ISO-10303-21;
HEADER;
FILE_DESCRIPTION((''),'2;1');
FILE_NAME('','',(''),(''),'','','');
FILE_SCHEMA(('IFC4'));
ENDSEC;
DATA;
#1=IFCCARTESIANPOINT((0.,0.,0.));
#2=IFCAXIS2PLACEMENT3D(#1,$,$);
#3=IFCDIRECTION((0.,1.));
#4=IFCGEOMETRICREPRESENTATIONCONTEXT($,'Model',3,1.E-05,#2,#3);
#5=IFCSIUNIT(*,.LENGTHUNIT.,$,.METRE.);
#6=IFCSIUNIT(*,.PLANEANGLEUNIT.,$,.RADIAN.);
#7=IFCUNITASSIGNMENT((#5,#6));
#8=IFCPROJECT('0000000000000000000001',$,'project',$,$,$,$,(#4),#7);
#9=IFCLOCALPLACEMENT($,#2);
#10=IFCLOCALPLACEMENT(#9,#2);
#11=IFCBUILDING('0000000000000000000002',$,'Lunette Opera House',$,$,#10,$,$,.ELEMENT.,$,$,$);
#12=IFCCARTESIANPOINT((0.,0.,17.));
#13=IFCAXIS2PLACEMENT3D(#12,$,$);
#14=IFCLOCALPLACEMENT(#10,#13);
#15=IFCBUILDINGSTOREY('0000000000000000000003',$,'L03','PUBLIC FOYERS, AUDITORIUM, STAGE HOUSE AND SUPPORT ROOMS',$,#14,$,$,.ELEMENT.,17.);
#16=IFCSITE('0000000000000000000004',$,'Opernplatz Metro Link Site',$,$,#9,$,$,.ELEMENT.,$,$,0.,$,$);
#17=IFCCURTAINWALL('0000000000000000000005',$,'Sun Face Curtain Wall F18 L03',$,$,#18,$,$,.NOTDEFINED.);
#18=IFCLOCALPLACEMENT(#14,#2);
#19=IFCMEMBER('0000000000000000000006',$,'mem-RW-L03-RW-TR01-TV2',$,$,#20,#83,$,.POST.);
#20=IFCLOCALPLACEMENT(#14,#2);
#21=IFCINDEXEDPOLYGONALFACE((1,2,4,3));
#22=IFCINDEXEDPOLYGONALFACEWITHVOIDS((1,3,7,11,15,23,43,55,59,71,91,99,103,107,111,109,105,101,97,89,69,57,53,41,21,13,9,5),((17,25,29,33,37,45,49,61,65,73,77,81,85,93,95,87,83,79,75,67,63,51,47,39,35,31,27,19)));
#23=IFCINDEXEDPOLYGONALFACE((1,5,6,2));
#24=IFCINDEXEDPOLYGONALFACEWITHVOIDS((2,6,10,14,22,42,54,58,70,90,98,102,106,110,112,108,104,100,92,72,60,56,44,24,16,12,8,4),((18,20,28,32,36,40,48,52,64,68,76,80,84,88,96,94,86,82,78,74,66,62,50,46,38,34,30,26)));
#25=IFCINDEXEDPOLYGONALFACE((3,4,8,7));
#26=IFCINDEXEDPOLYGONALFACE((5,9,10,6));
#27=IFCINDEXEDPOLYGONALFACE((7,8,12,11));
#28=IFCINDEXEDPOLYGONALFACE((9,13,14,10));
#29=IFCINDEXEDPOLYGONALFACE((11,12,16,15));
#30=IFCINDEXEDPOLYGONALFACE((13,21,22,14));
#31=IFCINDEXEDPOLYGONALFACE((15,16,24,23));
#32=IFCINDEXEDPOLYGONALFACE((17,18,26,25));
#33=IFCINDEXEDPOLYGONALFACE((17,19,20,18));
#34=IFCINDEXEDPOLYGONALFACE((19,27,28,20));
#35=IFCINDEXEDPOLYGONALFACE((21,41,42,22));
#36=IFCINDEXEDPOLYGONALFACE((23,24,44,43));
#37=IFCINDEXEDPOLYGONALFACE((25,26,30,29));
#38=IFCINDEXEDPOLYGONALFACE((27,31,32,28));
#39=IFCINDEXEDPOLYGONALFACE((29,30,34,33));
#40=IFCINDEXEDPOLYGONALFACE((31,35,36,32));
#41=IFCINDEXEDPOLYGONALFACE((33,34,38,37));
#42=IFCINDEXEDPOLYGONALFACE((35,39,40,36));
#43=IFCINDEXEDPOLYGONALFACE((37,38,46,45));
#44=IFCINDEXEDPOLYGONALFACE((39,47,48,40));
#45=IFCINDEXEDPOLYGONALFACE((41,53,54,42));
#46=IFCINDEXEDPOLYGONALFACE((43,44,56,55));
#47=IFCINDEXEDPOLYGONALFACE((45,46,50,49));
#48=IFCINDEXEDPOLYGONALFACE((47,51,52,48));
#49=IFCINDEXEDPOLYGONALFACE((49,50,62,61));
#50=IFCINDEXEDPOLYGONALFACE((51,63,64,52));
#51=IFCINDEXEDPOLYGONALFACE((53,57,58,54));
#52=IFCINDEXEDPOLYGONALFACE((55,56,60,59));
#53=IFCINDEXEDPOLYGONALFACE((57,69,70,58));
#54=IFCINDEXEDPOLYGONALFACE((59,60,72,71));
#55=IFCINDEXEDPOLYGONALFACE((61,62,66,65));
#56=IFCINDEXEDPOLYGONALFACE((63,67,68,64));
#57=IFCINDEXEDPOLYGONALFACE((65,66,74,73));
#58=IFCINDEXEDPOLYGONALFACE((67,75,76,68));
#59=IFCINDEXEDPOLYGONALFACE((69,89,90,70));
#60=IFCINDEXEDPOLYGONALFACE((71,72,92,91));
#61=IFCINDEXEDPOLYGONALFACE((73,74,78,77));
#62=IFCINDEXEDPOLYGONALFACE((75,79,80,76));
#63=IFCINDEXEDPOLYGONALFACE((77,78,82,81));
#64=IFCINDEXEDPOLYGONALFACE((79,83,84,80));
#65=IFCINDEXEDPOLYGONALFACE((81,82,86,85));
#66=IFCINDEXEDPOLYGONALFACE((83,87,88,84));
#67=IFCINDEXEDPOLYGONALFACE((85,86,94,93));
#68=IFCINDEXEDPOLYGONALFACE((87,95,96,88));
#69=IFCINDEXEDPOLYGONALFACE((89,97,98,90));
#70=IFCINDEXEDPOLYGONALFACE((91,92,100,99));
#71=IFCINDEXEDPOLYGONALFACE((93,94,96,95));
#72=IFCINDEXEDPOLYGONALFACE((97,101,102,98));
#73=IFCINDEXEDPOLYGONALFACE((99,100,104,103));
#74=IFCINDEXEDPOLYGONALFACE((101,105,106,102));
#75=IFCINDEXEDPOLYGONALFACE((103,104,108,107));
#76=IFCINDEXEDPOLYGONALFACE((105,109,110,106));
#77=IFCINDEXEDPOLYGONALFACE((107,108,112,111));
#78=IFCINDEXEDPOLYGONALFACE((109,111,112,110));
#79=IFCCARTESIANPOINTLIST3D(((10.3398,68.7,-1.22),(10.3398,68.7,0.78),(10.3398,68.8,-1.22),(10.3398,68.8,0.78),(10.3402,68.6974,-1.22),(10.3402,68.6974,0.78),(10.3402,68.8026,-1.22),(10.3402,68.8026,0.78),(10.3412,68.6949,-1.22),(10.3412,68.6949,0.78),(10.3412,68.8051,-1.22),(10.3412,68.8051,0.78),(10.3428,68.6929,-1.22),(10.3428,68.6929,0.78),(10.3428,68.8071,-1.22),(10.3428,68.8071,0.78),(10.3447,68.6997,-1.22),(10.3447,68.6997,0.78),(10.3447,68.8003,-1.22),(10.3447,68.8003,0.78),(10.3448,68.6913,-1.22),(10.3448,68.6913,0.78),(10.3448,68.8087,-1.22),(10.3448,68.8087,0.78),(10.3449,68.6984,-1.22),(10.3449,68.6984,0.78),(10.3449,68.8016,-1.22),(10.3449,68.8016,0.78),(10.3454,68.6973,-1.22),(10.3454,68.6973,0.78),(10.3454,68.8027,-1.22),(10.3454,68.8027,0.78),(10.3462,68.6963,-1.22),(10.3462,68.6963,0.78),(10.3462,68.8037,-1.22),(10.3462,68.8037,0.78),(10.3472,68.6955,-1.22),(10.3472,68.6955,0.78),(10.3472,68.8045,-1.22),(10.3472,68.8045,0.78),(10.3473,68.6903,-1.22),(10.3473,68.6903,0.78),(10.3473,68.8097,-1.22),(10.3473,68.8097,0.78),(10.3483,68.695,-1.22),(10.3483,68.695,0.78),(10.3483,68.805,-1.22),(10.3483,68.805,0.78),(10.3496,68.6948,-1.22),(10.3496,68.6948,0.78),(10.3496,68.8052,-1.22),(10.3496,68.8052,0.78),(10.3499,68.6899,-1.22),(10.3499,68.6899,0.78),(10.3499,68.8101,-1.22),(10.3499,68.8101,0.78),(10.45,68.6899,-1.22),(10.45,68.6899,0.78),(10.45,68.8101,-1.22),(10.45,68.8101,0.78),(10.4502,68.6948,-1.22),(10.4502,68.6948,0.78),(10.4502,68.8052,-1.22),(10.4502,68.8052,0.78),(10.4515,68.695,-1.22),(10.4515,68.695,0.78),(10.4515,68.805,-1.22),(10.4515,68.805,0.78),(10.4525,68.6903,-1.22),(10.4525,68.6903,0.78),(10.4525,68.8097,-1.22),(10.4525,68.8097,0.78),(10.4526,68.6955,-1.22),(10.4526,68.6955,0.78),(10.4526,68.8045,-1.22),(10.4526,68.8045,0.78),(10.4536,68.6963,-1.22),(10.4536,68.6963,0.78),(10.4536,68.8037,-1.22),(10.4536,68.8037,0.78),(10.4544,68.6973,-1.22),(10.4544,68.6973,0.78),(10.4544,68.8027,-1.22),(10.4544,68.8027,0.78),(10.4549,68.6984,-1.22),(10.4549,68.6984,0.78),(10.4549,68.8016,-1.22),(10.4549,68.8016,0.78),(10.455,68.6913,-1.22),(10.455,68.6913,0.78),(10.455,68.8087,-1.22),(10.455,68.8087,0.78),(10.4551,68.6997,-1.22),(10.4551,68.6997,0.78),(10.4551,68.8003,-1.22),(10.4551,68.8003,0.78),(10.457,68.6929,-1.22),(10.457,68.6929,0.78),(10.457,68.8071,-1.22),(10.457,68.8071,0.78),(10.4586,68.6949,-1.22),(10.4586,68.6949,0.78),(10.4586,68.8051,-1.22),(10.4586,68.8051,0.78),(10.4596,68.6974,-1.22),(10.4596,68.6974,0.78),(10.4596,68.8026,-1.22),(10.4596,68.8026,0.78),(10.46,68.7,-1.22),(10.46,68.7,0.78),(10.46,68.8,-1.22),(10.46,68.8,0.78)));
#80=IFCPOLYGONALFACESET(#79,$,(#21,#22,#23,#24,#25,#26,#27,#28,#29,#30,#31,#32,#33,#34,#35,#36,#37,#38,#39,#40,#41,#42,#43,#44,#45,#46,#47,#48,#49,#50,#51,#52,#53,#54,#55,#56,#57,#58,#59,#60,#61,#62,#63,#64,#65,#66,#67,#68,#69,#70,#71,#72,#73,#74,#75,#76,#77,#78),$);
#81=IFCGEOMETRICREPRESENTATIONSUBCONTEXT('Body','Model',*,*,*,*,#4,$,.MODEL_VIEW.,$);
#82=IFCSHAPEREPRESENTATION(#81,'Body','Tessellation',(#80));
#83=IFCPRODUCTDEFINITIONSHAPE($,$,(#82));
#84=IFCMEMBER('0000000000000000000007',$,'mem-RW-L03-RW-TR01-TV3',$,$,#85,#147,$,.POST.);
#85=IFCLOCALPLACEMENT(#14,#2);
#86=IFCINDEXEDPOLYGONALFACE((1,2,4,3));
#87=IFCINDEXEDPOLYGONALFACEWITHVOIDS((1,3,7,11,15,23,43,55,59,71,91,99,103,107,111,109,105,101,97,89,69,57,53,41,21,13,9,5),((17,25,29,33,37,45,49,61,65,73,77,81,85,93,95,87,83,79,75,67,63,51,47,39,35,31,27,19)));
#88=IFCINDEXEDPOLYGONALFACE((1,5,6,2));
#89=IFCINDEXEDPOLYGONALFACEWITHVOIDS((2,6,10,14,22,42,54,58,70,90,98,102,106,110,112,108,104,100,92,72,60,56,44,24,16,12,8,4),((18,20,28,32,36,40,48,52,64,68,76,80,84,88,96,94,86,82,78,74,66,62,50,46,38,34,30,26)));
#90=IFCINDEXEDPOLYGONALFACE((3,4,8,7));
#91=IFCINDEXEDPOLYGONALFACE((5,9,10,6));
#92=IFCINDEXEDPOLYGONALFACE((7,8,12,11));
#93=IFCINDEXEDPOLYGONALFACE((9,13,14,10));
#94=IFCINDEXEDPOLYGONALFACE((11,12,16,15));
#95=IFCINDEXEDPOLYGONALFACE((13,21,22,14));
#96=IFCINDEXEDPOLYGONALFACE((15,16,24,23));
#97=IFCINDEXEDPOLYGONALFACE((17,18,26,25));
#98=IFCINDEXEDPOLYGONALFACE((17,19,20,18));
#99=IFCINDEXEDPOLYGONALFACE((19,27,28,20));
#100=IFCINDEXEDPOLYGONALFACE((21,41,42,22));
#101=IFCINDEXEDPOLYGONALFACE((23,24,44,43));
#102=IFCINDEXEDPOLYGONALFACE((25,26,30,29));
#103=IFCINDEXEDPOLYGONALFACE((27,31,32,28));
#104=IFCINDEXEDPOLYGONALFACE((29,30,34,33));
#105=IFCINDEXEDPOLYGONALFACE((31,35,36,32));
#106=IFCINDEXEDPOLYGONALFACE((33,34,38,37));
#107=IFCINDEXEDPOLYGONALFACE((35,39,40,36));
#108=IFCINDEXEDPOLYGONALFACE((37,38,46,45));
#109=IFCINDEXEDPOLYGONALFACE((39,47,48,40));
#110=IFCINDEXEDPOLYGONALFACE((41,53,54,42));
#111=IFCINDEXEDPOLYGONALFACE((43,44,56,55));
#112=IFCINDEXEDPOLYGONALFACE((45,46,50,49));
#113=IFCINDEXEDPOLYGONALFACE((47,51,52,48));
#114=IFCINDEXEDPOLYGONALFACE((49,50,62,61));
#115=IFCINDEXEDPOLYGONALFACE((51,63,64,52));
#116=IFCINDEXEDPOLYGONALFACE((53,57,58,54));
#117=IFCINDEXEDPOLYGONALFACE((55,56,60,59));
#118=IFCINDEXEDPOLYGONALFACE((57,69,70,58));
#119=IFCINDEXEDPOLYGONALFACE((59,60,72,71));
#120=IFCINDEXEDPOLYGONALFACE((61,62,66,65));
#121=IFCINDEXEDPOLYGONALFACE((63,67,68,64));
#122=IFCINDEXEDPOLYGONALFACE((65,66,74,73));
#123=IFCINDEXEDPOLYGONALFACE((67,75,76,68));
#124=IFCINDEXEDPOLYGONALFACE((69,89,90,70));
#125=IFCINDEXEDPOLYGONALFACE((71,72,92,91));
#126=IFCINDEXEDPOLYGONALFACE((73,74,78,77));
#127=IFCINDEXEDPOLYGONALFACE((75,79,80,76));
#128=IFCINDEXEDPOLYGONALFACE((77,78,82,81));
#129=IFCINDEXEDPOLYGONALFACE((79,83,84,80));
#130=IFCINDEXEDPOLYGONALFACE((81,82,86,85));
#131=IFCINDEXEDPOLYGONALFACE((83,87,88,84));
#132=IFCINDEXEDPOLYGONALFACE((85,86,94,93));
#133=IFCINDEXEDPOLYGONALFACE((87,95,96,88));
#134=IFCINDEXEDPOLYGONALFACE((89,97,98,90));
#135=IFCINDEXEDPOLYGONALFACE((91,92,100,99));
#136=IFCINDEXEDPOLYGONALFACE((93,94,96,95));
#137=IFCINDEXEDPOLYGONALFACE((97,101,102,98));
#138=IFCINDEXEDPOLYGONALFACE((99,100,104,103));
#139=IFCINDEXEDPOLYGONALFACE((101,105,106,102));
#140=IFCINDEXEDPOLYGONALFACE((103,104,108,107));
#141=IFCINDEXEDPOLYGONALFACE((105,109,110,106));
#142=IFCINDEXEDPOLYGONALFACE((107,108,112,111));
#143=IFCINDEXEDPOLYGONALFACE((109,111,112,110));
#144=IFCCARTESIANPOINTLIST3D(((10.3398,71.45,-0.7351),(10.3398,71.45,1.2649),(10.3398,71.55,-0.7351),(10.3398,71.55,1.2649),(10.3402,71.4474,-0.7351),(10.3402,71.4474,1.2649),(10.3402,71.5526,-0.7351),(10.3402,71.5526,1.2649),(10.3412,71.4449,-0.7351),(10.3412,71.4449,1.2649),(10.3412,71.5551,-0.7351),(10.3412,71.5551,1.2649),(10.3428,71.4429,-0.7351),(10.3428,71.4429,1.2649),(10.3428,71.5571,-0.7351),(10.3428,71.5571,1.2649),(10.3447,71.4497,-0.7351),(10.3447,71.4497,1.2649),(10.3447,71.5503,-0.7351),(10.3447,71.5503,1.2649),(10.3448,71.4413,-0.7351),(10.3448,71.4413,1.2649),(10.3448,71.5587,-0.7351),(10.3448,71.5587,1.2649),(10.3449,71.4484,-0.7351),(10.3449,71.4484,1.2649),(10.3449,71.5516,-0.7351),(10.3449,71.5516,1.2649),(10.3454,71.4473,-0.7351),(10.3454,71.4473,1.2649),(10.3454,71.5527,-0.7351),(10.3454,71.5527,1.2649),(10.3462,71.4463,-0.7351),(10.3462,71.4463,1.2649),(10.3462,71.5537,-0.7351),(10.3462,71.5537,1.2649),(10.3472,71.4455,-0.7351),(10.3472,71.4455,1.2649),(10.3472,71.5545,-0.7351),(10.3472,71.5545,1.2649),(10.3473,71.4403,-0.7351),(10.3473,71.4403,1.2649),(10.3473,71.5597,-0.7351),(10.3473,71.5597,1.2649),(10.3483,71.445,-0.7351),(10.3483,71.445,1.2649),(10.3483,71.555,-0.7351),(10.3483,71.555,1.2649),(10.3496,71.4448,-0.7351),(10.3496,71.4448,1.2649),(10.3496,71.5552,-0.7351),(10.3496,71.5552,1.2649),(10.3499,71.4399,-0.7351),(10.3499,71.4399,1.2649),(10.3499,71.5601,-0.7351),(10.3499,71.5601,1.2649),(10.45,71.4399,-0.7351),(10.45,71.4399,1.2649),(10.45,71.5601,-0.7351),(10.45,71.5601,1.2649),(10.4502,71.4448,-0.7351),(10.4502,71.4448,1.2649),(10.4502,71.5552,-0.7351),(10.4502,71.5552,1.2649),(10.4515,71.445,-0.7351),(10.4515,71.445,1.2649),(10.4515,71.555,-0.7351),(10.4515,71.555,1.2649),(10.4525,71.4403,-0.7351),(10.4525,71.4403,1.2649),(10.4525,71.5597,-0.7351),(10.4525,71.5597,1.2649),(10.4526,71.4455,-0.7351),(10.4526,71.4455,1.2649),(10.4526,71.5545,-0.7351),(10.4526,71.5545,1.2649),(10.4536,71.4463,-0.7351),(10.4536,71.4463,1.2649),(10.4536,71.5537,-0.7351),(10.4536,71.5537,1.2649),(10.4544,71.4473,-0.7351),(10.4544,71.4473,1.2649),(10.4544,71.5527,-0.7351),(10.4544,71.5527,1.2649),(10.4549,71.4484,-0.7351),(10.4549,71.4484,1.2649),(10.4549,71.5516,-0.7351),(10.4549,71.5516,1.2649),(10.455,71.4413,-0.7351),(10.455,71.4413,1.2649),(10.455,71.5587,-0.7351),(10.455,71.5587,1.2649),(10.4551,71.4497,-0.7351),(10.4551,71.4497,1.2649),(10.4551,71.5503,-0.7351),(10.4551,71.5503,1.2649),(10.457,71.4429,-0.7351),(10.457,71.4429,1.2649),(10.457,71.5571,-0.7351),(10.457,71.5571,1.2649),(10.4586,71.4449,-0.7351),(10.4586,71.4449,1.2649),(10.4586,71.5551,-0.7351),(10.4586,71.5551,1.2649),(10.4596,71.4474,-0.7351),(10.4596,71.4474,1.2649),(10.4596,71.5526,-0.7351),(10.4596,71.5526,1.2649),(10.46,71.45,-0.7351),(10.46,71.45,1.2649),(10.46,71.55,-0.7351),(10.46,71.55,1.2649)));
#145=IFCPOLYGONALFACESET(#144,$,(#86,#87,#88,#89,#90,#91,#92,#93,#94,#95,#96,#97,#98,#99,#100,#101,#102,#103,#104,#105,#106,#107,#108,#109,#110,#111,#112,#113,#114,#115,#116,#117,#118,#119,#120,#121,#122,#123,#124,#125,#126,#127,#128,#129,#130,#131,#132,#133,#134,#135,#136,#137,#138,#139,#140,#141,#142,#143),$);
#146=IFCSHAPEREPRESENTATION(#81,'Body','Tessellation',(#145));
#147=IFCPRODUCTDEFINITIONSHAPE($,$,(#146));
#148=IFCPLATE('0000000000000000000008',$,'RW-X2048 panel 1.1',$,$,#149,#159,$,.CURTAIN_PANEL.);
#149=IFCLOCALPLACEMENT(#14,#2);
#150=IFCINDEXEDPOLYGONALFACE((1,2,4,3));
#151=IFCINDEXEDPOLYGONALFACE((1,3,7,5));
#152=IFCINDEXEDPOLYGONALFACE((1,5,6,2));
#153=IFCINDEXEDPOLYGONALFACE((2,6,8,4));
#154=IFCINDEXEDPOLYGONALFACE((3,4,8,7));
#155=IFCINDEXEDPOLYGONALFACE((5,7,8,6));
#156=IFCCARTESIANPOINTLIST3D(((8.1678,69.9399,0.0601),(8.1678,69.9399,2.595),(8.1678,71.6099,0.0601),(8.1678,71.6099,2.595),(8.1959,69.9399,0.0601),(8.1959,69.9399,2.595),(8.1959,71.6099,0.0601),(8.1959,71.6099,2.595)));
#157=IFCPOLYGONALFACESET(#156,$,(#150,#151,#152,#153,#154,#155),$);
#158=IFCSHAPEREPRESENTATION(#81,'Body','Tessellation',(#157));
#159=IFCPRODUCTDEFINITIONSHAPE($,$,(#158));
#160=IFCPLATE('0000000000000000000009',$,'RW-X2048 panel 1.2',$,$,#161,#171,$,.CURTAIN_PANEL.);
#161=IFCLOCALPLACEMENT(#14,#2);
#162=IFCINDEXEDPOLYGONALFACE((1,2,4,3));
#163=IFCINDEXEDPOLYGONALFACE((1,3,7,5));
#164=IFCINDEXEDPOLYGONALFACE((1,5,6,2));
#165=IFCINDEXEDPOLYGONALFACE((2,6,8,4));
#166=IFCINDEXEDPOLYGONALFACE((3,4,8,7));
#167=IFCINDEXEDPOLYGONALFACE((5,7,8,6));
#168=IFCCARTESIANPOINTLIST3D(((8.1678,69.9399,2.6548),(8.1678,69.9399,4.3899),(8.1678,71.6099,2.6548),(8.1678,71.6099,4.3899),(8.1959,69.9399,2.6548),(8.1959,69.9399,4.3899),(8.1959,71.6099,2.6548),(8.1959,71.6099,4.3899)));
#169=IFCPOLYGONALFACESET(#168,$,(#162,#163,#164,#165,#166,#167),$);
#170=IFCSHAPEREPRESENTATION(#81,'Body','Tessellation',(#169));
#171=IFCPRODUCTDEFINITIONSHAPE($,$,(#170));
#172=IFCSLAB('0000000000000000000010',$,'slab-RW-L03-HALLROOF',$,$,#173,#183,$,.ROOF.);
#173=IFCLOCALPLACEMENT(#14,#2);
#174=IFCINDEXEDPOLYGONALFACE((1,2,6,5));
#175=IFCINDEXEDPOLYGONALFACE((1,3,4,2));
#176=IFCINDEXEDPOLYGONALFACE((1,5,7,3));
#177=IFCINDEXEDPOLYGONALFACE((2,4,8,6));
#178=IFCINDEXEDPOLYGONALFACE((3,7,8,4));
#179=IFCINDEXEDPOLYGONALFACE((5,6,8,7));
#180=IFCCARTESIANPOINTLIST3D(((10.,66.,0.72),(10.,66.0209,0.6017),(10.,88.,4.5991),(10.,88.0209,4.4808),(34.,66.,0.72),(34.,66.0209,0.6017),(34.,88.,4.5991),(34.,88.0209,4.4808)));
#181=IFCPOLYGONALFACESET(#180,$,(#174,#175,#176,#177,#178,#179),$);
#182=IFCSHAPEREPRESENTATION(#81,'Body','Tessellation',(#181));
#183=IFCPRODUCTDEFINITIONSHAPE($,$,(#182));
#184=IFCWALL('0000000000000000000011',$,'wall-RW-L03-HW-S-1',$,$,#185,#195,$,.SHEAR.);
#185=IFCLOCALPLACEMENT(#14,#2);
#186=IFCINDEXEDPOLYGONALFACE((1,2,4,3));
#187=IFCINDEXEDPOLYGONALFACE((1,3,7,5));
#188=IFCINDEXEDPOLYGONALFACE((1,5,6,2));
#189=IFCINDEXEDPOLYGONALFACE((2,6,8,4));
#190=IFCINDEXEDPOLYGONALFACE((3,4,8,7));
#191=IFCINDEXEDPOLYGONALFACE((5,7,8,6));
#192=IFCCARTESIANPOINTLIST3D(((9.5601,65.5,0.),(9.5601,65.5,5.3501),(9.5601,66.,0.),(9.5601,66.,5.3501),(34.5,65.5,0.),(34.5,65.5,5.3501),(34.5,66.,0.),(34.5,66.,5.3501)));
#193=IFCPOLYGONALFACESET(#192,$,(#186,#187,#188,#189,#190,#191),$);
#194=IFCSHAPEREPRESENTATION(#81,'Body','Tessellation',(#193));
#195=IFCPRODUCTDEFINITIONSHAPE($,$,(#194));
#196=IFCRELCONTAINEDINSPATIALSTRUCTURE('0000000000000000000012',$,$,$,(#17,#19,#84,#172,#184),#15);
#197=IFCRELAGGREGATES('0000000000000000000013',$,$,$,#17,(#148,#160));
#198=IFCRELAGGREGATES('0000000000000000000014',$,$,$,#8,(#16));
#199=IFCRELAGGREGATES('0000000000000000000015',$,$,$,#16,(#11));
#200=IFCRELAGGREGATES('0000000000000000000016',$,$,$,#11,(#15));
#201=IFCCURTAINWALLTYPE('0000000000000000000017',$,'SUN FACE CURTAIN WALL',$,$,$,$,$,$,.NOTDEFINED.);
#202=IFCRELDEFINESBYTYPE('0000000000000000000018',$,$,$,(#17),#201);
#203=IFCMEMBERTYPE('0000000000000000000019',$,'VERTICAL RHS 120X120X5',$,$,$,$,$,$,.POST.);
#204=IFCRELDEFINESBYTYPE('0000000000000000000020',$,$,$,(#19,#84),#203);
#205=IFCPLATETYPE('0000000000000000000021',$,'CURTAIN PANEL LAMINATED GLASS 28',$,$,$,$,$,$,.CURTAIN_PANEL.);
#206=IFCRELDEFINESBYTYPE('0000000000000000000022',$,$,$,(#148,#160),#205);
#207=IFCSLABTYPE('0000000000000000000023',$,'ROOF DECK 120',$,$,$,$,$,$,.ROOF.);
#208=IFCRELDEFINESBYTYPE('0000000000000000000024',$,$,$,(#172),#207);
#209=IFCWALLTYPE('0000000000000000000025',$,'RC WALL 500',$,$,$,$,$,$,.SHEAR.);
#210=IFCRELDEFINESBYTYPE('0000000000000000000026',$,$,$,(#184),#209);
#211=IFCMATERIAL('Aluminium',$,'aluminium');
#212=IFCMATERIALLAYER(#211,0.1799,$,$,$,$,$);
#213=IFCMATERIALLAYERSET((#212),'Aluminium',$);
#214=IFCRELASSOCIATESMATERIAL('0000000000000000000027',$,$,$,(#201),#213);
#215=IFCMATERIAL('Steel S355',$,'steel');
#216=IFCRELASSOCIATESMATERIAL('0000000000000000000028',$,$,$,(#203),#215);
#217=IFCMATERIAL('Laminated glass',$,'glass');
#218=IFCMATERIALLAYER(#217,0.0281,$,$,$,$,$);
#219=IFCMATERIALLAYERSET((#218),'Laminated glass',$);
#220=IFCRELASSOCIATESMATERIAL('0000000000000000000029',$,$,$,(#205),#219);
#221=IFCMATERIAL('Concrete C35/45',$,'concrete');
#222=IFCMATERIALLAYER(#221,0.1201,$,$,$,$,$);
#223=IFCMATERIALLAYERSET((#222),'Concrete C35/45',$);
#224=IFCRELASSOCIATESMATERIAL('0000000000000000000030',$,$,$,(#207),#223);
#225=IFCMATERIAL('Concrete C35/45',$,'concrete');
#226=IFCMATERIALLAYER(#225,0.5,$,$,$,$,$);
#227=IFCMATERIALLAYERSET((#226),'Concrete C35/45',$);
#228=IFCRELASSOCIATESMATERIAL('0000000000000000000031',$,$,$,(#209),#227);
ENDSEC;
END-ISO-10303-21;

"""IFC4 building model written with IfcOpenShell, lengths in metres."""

from ifc_helpers import new_model, si_unit, direction, frame, frame_2d, origin, origin_2d, place, context, subcontext, project, spatial, polyline, rectangle, hollow_rectangle, outline, extrude, material, layer, layer_set, material_profile, profile_set, type_object, element, aggregate, save


model = new_model("IFC4")

# Units and contexts
model_context = context("Model", 3, precision=1e-05, world=origin(), true_north=direction((0.0, 1.0)))
body_context = subcontext(model_context, "Body", "Model", "MODEL_VIEW")
ifc_project = project(units=[si_unit("LENGTHUNIT", "METRE"), si_unit("PLANEANGLEUNIT", "RADIAN")], contexts=[model_context])

# Site, building, storey
site_placement = place(None, origin())
site = spatial("IfcSite", under=ifc_project, at=site_placement, Name="Opernplatz Metro Link Site", CompositionType="ELEMENT", RefElevation=0.0)
building_placement = place(site_placement, origin())
building = spatial("IfcBuilding", under=site, at=building_placement, Name="Lunette Opera House", CompositionType="ELEMENT")
storey_placement = place(building_placement, frame((0.0, 0.0, 17.0)))
storey = spatial("IfcBuildingStorey", under=building, at=storey_placement, Name="L03", Description="PUBLIC FOYERS, AUDITORIUM, STAGE HOUSE AND SUPPORT ROOMS", CompositionType="ELEMENT", Elevation=17.0)

# Curtain wall
ifc_material_1 = material(Name="Aluminium", Category="aluminium")
ifc_layer_1 = layer(ifc_material_1, 0.1799)
ifc_layer_set_1 = layer_set([ifc_layer_1], Name="Aluminium")
curtain_wall_type = type_object("IfcCurtainWallType", Name="SUN FACE CURTAIN WALL", PredefinedType="NOTDEFINED", material=ifc_layer_set_1)
curtain_wall_placement = place(storey_placement, origin())
curtain_wall = element("IfcCurtainWall", 1, at=curtain_wall_placement, inside=storey, type_object=curtain_wall_type, Name="Sun Face Curtain Wall F18 L03", PredefinedType="NOTDEFINED")

# Members
ifc_material_2 = material(Name="Steel S355", Category="steel")
ifc_material_profile_1 = material_profile(ifc_material_2, hollow_rectangle(XDim=0.1201, YDim=0.1201, WallThickness=0.0049, InnerFilletRadius=0.0049, OuterFilletRadius=0.01, at=origin_2d()), Name="RHS 120X120X5")
ifc_profile_set_1 = profile_set([ifc_material_profile_1], Name="Steel S355")
member_type_1 = type_object("IfcMemberType", Name="VERTICAL RHS 120X120X5", PredefinedType="POST", material=ifc_profile_set_1)
for number, where, z_axis, x_axis, name in (
    (2, (10.3999, 68.75, -1.22), (0.0, 0.0, 1.0), (1.0, 0.0, 0.0), "mem-RW-L03-RW-TR01-TV2"),
    (3, (10.3999, 71.5, -0.7351), (0.0, 0.0, 1.0), (1.0, 0.0, 0.0), "mem-RW-L03-RW-TR01-TV3"),
):
    element("IfcMember", number, at=place(storey_placement, frame(where, z_axis=z_axis, x_axis=x_axis)), inside=storey, type_object=member_type_1, Name=name, PredefinedType="POST", context=body_context, shape_type="SweptSolid", body=[
        extrude(hollow_rectangle(XDim=0.1201, YDim=0.1201, WallThickness=0.0049, InnerFilletRadius=0.0049, OuterFilletRadius=0.01, at=origin_2d()), origin(), (0.0, 0.0, 1.0), 2.0),
    ])

# Plates
ifc_material_3 = material(Name="Laminated glass", Category="glass")
ifc_layer_2 = layer(ifc_material_3, 0.0281)
ifc_layer_set_2 = layer_set([ifc_layer_2], Name="Laminated glass")
plate_type = type_object("IfcPlateType", Name="CURTAIN PANEL LAMINATED GLASS 28", PredefinedType="CURTAIN_PANEL", material=ifc_layer_set_2)
plate_1_placement = place(storey_placement, frame((8.1819, 70.7749, 0.0601), z_axis=(0.0, 0.0, 1.0), x_axis=(0.0, -1.0, 0.0)))
plate_1 = element("IfcPlate", 4, at=plate_1_placement, type_object=plate_type, Name="RW-X2048 panel 1.1", PredefinedType="CURTAIN_PANEL", context=body_context, shape_type="SweptSolid", body=[
    extrude(rectangle(XDim=1.6699, YDim=0.0281, at=origin_2d()), origin(), (0.0, 0.0, 1.0), 2.5349),
])
plate_2_placement = place(storey_placement, frame((8.1819, 70.7749, 2.6548), z_axis=(0.0, 0.0, 1.0), x_axis=(0.0, -1.0, 0.0)))
plate_2 = element("IfcPlate", 5, at=plate_2_placement, type_object=plate_type, Name="RW-X2048 panel 1.2", PredefinedType="CURTAIN_PANEL", context=body_context, shape_type="SweptSolid", body=[
    extrude(rectangle(XDim=1.6699, YDim=0.0281, at=origin_2d()), origin(), (0.0, 0.0, 1.0), 1.7351),
])
aggregate(curtain_wall, [plate_1, plate_2])

# Slab
ifc_material_4 = material(Name="Concrete C35/45", Category="concrete")
ifc_layer_3 = layer(ifc_material_4, 0.1201)
ifc_layer_set_3 = layer_set([ifc_layer_3], Name="Concrete C35/45")
slab_type = type_object("IfcSlabType", Name="ROOF DECK 120", PredefinedType="ROOF", material=ifc_layer_set_3)
slab_placement = place(storey_placement, frame((10.0, 66.0, 0.72), z_axis=(0.0, -0.173646, 0.984808), x_axis=(1.0, 0.0, 0.0)))
element("IfcSlab", 6, at=slab_placement, inside=storey, type_object=slab_type, Name="slab-RW-L03-HALLROOF", PredefinedType="ROOF", context=body_context, shape_type="SweptSolid", body=[
    extrude(outline(polyline([(0.0, 0.0), (24.0, 0.0), (24.0, 22.3394), (0.0, 22.3394), (0.0, 0.0)])), origin(), (0.0, 0.0, -1.0), 0.1201),
])

# Wall
ifc_material_5 = material(Name="Concrete C35/45", Category="concrete")
ifc_layer_4 = layer(ifc_material_5, 0.5)
ifc_layer_set_4 = layer_set([ifc_layer_4], Name="Concrete C35/45")
wall_type = type_object("IfcWallType", Name="RC WALL 500", PredefinedType="SHEAR", material=ifc_layer_set_4)
wall_1_placement = place(storey_placement, frame((9.5601, 65.75, 0.0), z_axis=(0.0, 0.0, 1.0), x_axis=(1.0, 0.0, 0.0)))
element("IfcWall", 7, at=wall_1_placement, inside=storey, type_object=wall_type, Name="wall-RW-L03-HW-S-1", PredefinedType="SHEAR", context=body_context, shape_type="SweptSolid", body=[
    extrude(rectangle(XDim=24.9399, YDim=0.5, at=frame_2d((12.47, 0.0))), origin(), (0.0, 0.0, 1.0), 5.3501),
])

save(model, "model.ifc")
